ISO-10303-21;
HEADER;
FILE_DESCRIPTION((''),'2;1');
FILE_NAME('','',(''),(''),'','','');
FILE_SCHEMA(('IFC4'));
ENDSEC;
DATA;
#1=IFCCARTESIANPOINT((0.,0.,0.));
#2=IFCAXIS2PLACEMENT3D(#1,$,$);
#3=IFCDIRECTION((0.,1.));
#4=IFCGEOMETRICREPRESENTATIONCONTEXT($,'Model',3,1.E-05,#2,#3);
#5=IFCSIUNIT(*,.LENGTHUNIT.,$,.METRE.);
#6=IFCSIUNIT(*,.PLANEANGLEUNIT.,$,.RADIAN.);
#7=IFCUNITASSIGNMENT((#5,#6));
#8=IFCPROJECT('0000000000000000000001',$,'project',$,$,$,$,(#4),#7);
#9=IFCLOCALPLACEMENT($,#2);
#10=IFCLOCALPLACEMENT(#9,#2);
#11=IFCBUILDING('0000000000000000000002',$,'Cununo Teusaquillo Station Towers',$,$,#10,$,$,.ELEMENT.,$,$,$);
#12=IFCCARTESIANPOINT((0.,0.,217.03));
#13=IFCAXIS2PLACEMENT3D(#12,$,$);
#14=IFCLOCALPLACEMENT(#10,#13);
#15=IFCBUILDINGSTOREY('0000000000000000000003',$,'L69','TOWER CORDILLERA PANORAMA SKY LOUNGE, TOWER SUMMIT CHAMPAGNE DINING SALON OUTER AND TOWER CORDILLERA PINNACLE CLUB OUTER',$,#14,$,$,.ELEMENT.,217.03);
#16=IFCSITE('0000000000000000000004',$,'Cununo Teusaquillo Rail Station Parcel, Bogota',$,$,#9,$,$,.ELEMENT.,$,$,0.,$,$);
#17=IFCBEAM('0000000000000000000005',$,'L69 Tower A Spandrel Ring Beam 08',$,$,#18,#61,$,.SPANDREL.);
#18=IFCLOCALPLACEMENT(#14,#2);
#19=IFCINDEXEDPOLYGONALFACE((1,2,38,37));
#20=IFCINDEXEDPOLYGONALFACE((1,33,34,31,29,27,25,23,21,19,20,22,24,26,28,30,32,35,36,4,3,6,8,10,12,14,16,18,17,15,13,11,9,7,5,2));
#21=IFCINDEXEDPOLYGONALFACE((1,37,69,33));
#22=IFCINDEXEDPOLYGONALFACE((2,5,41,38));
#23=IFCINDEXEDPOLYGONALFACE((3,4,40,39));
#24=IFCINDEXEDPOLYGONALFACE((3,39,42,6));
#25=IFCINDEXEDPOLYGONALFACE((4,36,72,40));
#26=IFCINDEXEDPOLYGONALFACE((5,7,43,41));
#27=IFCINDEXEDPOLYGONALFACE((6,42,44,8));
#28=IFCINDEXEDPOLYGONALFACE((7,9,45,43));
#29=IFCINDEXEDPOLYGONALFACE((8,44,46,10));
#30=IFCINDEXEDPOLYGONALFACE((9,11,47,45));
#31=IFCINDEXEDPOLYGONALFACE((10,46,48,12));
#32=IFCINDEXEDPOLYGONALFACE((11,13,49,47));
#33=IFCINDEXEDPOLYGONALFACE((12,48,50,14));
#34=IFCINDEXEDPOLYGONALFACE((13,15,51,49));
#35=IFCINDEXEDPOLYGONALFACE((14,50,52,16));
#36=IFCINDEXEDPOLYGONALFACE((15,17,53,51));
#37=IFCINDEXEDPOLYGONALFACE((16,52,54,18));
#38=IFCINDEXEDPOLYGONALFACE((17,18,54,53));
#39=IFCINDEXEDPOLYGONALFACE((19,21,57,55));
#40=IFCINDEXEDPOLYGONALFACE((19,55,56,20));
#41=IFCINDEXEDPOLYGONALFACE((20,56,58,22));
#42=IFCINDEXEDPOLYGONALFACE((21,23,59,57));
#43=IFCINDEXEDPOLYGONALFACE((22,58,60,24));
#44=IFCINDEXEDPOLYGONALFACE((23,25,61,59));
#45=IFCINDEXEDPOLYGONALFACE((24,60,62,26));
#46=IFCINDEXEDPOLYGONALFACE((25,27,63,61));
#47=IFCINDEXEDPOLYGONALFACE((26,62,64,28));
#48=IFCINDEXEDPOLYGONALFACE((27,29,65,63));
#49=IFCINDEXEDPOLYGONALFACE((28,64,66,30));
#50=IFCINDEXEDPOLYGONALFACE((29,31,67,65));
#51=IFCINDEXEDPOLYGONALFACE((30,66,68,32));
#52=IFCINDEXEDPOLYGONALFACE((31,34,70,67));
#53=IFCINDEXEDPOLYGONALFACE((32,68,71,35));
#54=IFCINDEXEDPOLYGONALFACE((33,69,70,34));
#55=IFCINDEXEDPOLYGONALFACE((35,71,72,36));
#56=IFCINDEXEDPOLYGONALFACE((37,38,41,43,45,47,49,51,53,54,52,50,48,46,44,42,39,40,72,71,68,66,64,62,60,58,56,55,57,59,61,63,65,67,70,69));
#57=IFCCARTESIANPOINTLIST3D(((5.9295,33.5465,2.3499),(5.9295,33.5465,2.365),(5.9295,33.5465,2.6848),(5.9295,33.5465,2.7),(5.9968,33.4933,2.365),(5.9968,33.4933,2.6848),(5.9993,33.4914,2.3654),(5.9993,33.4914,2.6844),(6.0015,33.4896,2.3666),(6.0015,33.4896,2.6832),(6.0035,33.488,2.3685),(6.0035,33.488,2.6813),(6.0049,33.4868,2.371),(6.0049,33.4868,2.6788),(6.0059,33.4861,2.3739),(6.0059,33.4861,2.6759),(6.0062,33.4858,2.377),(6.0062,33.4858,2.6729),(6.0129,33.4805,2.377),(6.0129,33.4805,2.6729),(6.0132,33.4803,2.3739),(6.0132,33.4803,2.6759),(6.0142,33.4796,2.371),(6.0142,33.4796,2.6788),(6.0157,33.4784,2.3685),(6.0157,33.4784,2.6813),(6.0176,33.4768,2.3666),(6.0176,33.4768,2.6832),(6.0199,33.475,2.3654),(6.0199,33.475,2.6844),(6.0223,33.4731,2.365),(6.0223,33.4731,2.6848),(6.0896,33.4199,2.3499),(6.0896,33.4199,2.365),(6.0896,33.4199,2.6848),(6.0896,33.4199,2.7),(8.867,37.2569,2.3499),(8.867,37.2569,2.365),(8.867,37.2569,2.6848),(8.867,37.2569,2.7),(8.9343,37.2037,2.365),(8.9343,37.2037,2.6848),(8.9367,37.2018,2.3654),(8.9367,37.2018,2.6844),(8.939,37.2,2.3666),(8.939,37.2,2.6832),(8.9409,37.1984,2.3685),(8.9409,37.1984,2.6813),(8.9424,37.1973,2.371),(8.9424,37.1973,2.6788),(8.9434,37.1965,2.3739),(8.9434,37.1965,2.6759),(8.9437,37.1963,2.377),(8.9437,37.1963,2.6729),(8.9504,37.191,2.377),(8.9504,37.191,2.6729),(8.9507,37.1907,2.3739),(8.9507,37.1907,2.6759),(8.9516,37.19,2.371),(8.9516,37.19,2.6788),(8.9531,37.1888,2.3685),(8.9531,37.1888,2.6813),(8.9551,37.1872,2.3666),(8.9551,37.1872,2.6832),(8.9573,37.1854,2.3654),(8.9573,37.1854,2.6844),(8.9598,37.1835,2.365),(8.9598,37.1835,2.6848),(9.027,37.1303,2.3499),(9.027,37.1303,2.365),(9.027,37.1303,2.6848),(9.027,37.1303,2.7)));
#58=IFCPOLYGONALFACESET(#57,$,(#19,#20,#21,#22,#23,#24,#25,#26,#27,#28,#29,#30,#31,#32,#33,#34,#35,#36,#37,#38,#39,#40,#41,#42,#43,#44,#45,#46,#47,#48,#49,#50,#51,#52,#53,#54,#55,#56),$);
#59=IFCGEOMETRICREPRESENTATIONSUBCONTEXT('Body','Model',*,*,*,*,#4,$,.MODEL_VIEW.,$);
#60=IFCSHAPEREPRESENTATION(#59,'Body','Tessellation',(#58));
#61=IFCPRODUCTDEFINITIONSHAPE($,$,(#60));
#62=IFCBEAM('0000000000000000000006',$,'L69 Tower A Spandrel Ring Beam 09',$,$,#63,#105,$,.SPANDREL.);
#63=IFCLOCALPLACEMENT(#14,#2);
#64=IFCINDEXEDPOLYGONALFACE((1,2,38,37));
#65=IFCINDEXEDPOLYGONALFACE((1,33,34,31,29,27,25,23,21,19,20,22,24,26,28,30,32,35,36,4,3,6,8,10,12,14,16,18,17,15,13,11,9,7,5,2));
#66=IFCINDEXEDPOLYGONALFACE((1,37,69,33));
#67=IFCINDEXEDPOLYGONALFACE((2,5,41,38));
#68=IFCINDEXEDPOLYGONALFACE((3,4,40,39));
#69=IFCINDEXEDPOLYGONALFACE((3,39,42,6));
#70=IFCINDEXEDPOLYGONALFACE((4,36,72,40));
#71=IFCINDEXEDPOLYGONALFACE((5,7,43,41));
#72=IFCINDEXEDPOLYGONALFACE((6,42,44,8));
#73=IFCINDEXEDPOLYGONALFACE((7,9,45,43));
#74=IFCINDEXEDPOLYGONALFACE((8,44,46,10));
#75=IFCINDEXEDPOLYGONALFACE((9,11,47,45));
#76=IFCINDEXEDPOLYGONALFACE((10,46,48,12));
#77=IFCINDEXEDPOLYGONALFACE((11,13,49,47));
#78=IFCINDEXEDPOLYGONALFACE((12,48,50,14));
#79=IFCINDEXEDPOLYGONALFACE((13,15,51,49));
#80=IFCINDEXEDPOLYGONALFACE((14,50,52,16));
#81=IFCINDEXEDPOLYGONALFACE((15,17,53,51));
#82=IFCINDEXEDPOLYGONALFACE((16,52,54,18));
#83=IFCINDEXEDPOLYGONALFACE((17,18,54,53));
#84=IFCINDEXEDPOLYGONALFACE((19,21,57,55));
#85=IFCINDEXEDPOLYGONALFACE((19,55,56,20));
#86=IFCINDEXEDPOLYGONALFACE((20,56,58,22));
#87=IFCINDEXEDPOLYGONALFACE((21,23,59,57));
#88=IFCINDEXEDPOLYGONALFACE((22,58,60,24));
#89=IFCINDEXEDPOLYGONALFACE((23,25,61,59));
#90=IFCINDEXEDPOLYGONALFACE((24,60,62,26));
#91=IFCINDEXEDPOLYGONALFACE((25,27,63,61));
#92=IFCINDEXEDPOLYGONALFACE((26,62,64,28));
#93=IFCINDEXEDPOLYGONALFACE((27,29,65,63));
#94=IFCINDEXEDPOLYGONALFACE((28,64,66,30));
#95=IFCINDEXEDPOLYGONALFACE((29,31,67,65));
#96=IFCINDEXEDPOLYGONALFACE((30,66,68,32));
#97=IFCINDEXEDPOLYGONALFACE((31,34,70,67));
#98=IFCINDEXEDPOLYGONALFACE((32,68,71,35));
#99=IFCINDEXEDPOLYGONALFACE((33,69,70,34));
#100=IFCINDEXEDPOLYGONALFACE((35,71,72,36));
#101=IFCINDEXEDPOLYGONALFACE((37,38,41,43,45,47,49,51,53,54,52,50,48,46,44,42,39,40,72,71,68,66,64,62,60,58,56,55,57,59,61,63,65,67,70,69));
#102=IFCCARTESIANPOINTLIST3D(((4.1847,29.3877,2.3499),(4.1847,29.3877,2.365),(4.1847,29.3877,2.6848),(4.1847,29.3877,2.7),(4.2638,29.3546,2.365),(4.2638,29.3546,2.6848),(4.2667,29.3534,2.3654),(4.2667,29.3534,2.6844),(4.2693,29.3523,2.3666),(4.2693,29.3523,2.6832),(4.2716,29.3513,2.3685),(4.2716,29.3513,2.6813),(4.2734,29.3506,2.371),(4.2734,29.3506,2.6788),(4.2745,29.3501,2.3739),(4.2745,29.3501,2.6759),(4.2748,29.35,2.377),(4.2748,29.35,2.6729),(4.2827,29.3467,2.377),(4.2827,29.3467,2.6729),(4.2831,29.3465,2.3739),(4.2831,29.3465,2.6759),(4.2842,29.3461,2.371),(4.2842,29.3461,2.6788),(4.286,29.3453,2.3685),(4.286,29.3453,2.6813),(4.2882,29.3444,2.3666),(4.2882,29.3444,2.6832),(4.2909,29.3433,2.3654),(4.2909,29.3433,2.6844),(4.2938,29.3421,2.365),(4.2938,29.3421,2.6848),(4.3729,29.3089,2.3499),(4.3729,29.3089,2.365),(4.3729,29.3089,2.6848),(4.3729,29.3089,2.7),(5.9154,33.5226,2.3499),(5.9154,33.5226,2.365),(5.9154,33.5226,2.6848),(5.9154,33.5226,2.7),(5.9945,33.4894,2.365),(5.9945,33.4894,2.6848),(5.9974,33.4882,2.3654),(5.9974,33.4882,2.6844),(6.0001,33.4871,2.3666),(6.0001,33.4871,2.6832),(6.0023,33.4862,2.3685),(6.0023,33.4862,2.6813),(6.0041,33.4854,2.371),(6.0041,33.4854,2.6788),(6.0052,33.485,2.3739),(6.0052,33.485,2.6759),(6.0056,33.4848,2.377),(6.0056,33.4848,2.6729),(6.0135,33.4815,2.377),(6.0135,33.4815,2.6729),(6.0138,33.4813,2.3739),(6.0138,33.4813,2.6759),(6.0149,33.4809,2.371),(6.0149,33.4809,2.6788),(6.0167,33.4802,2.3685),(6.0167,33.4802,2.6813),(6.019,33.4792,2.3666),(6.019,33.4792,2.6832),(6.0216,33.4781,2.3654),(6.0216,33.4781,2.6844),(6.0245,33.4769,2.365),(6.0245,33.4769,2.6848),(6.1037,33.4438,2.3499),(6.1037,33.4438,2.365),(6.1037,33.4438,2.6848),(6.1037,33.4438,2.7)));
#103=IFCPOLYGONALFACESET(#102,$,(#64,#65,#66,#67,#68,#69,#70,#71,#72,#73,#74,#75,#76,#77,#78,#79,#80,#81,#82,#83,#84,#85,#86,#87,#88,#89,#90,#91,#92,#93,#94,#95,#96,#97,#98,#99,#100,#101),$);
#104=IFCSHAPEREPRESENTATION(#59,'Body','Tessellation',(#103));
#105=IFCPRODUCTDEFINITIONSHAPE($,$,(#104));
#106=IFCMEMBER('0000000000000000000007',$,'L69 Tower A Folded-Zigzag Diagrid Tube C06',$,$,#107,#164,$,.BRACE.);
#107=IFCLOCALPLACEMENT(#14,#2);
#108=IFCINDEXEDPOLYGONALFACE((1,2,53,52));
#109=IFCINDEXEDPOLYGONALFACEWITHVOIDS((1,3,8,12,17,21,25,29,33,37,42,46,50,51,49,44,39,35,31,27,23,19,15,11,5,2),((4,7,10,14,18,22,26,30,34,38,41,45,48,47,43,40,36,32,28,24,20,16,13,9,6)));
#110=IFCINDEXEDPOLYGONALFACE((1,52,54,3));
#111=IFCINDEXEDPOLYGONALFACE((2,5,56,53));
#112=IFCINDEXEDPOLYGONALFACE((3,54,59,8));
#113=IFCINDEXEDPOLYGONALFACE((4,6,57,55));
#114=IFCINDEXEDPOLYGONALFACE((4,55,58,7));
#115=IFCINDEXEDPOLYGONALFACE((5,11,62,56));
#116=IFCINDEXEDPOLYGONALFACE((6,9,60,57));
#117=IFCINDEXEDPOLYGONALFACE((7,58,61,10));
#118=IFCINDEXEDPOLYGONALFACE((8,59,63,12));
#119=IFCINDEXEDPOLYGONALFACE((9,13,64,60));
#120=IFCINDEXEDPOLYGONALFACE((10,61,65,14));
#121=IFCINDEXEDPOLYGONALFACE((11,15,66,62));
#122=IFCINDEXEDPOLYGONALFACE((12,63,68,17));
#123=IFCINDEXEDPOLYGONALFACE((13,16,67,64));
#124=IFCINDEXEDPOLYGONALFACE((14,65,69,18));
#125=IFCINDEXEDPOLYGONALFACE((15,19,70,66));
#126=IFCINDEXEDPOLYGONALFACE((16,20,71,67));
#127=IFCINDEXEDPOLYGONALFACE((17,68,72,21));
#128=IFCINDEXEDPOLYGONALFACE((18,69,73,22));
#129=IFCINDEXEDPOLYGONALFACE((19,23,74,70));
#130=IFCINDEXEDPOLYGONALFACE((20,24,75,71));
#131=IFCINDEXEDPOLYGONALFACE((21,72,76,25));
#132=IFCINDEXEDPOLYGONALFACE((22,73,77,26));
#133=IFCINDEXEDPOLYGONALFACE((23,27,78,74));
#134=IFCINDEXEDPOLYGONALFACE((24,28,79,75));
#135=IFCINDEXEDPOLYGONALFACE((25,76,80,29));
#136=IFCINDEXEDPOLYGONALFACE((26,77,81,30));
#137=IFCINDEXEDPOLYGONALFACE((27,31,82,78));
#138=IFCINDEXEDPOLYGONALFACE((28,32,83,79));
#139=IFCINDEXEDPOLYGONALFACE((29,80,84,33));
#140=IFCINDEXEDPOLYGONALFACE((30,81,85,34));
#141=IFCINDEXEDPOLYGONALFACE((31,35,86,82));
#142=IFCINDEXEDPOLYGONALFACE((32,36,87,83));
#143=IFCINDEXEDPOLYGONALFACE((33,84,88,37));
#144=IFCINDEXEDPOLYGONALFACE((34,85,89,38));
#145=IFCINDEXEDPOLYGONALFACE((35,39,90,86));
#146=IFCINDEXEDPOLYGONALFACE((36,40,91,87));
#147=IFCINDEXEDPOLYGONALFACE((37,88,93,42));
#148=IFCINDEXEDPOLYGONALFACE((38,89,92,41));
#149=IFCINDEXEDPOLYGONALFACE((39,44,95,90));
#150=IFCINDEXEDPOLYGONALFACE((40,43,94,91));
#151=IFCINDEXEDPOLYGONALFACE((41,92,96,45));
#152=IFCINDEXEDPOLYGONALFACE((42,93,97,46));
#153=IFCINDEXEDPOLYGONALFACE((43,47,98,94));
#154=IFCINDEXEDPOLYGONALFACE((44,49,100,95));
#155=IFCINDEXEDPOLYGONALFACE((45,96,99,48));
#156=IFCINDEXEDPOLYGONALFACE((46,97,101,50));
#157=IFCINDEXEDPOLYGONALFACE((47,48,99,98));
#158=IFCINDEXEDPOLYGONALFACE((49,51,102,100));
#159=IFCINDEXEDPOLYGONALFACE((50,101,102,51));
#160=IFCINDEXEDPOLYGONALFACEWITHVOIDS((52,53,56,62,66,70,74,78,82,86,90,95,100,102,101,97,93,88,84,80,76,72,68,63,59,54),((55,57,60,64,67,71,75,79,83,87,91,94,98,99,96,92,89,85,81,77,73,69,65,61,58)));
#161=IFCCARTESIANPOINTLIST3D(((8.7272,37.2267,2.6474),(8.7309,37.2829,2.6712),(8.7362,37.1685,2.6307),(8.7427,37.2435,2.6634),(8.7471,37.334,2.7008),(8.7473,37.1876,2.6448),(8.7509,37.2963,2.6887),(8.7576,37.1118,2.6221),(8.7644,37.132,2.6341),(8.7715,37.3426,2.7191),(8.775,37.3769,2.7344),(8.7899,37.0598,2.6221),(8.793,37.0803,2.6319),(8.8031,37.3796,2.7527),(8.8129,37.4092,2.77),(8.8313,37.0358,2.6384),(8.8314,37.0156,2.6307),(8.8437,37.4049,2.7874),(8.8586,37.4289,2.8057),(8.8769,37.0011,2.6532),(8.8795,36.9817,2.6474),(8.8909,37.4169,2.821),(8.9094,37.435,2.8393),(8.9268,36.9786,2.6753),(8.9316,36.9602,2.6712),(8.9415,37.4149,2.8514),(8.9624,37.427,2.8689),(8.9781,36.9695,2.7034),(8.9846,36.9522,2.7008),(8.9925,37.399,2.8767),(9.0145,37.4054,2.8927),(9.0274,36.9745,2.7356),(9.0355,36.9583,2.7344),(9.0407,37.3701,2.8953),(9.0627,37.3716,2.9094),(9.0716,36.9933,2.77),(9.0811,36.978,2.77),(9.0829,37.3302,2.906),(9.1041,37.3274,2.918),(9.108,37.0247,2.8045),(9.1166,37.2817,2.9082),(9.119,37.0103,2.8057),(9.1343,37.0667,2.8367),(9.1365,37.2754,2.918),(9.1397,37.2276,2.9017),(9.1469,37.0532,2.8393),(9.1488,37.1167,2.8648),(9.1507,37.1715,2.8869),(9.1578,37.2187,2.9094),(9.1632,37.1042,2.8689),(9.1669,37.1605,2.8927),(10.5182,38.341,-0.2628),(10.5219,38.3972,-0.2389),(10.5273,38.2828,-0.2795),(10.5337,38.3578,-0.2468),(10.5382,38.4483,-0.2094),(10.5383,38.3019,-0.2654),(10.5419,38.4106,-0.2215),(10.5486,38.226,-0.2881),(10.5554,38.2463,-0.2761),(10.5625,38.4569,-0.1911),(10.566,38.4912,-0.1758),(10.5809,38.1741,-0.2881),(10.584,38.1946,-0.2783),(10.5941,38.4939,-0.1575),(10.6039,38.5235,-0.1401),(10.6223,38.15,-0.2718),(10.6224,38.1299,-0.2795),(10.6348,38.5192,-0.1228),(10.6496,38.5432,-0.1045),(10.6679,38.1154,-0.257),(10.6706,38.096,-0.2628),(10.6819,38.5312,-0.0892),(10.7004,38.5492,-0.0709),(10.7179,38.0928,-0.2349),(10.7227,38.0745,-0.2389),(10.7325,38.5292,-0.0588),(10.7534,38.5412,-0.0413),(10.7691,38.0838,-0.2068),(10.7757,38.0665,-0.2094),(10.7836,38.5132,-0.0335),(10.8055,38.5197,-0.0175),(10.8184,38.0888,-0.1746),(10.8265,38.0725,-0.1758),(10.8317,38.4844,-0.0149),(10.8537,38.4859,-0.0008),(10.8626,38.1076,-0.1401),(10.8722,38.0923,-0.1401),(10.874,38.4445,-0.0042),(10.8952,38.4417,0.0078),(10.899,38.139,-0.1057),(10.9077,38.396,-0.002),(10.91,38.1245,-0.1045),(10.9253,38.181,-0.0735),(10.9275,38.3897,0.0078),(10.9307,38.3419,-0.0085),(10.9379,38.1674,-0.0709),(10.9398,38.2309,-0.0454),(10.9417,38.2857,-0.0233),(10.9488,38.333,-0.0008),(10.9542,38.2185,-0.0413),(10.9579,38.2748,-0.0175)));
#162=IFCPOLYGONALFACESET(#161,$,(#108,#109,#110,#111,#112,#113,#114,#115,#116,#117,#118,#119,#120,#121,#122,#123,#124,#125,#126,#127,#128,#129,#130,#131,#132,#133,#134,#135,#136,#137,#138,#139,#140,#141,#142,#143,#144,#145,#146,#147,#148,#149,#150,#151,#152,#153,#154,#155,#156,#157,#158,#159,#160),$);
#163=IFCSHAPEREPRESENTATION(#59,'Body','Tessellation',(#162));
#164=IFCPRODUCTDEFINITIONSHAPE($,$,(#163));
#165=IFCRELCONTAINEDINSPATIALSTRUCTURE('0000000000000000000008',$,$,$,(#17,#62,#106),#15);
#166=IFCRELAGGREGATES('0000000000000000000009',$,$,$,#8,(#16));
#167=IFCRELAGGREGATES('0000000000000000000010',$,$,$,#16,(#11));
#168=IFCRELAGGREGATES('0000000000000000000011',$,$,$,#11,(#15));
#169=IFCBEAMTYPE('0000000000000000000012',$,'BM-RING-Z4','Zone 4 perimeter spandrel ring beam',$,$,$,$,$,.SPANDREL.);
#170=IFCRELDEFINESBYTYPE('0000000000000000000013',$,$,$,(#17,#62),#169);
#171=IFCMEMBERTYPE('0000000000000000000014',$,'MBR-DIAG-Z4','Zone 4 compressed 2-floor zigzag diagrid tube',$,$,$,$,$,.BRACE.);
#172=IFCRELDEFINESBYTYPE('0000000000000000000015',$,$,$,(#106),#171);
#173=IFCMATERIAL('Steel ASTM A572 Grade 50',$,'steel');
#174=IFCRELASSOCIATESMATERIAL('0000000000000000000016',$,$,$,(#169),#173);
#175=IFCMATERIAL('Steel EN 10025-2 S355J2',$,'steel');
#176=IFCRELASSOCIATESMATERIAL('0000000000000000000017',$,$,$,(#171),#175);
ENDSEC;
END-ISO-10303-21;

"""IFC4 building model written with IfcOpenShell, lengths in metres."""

from ifc_helpers import new_model, si_unit, direction, frame, origin, origin_2d, place, context, subcontext, project, spatial, hollow_circle, i_section, extrude, material, material_profile, profile_set, type_object, element, save


model = new_model("IFC4")

# Units and contexts
model_context = context("Model", 3, precision=1e-05, world=origin(), true_north=direction((0.0, 1.0)))
body_context = subcontext(model_context, "Body", "Model", "MODEL_VIEW")
ifc_project = project(units=[si_unit("LENGTHUNIT", "METRE"), si_unit("PLANEANGLEUNIT", "RADIAN")], contexts=[model_context])

# Site, building, storey
site_placement = place(None, origin())
site = spatial("IfcSite", under=ifc_project, at=site_placement, Name="Cununo Teusaquillo Rail Station Parcel, Bogota", CompositionType="ELEMENT", RefElevation=0.0)
building_placement = place(site_placement, origin())
building = spatial("IfcBuilding", under=site, at=building_placement, Name="Cununo Teusaquillo Station Towers", CompositionType="ELEMENT")
storey_placement = place(building_placement, frame((0.0, 0.0, 217.03)))
storey = spatial("IfcBuildingStorey", under=building, at=storey_placement, Name="L69", Description="TOWER CORDILLERA PANORAMA SKY LOUNGE, TOWER SUMMIT CHAMPAGNE DINING SALON OUTER AND TOWER CORDILLERA PINNACLE CLUB OUTER", CompositionType="ELEMENT", Elevation=217.03)

# Beams
ifc_material_1 = material(Name="Steel ASTM A572 Grade 50", Category="steel")
ifc_material_profile_1 = material_profile(ifc_material_1, i_section(OverallWidth=0.2041, OverallDepth=0.3501, WebThickness=0.0085, FlangeThickness=0.0151, FilletRadius=0.012, at=origin_2d()), Name="W14X48")
ifc_profile_set_1 = profile_set([ifc_material_profile_1], Name="Steel ASTM A572 Grade 50")
beam_type_1 = type_object("IfcBeamType", Name="BM-RING-Z4", Description="Zone 4 perimeter spandrel ring beam", PredefinedType="SPANDREL", material=ifc_profile_set_1)
beam_1_placement = place(storey_placement, frame((8.947, 37.1936, 2.5249), z_axis=(-0.620711, -0.78404, 0.0), x_axis=(0.78404, -0.620711, 0.0)))
element("IfcBeam", 1, at=beam_1_placement, inside=storey, type_object=beam_type_1, Name="L69 Tower A Spandrel Ring Beam 08", PredefinedType="SPANDREL", context=body_context, shape_type="SweptSolid", body=[
    extrude(i_section(OverallWidth=0.2041, OverallDepth=0.3501, WebThickness=0.0085, FlangeThickness=0.0151, FilletRadius=0.012, at=origin_2d()), origin(), (0.0, 0.0, 1.0), 4.7324),
])
beam_2_placement = place(storey_placement, frame((6.0095, 33.4832, 2.5249), z_axis=(-0.386115, -0.92245, 0.0), x_axis=(0.92245, -0.386115, 0.0)))
element("IfcBeam", 2, at=beam_2_placement, inside=storey, type_object=beam_type_1, Name="L69 Tower A Spandrel Ring Beam 09", PredefinedType="SPANDREL", context=body_context, shape_type="SweptSolid", body=[
    extrude(i_section(OverallWidth=0.2041, OverallDepth=0.3501, WebThickness=0.0085, FlangeThickness=0.0151, FilletRadius=0.012, at=origin_2d()), origin(), (0.0, 0.0, 1.0), 4.4824),
])

# Member
ifc_material_2 = material(Name="Steel EN 10025-2 S355J2", Category="steel")
ifc_material_profile_2 = material_profile(ifc_material_2, hollow_circle(Radius=0.2539, WallThickness=0.0181, at=origin_2d()), Name="CHS 508x18")
ifc_profile_set_2 = profile_set([ifc_material_profile_2], Name="Steel EN 10025-2 S355J2")
member_type = type_object("IfcMemberType", Name="MBR-DIAG-Z4", Description="Zone 4 compressed 2-floor zigzag diagrid tube", PredefinedType="BRACE", material=ifc_profile_set_2)
member_1_placement = place(storey_placement, frame((10.738, 38.3079, -0.1401), z_axis=(-0.498306, -0.310015, 0.80968), x_axis=(0.52825, -0.849089, 0.0)))
element("IfcMember", 3, at=member_1_placement, inside=storey, type_object=member_type, Name="L69 Tower A Folded-Zigzag Diagrid Tube C06", PredefinedType="BRACE", context=body_context, shape_type="SweptSolid", body=[
    extrude(hollow_circle(Radius=0.2539, WallThickness=0.0181, at=origin_2d()), origin(), (0.0, 0.0, 1.0), 3.5942),
])

save(model, "model.ifc")
